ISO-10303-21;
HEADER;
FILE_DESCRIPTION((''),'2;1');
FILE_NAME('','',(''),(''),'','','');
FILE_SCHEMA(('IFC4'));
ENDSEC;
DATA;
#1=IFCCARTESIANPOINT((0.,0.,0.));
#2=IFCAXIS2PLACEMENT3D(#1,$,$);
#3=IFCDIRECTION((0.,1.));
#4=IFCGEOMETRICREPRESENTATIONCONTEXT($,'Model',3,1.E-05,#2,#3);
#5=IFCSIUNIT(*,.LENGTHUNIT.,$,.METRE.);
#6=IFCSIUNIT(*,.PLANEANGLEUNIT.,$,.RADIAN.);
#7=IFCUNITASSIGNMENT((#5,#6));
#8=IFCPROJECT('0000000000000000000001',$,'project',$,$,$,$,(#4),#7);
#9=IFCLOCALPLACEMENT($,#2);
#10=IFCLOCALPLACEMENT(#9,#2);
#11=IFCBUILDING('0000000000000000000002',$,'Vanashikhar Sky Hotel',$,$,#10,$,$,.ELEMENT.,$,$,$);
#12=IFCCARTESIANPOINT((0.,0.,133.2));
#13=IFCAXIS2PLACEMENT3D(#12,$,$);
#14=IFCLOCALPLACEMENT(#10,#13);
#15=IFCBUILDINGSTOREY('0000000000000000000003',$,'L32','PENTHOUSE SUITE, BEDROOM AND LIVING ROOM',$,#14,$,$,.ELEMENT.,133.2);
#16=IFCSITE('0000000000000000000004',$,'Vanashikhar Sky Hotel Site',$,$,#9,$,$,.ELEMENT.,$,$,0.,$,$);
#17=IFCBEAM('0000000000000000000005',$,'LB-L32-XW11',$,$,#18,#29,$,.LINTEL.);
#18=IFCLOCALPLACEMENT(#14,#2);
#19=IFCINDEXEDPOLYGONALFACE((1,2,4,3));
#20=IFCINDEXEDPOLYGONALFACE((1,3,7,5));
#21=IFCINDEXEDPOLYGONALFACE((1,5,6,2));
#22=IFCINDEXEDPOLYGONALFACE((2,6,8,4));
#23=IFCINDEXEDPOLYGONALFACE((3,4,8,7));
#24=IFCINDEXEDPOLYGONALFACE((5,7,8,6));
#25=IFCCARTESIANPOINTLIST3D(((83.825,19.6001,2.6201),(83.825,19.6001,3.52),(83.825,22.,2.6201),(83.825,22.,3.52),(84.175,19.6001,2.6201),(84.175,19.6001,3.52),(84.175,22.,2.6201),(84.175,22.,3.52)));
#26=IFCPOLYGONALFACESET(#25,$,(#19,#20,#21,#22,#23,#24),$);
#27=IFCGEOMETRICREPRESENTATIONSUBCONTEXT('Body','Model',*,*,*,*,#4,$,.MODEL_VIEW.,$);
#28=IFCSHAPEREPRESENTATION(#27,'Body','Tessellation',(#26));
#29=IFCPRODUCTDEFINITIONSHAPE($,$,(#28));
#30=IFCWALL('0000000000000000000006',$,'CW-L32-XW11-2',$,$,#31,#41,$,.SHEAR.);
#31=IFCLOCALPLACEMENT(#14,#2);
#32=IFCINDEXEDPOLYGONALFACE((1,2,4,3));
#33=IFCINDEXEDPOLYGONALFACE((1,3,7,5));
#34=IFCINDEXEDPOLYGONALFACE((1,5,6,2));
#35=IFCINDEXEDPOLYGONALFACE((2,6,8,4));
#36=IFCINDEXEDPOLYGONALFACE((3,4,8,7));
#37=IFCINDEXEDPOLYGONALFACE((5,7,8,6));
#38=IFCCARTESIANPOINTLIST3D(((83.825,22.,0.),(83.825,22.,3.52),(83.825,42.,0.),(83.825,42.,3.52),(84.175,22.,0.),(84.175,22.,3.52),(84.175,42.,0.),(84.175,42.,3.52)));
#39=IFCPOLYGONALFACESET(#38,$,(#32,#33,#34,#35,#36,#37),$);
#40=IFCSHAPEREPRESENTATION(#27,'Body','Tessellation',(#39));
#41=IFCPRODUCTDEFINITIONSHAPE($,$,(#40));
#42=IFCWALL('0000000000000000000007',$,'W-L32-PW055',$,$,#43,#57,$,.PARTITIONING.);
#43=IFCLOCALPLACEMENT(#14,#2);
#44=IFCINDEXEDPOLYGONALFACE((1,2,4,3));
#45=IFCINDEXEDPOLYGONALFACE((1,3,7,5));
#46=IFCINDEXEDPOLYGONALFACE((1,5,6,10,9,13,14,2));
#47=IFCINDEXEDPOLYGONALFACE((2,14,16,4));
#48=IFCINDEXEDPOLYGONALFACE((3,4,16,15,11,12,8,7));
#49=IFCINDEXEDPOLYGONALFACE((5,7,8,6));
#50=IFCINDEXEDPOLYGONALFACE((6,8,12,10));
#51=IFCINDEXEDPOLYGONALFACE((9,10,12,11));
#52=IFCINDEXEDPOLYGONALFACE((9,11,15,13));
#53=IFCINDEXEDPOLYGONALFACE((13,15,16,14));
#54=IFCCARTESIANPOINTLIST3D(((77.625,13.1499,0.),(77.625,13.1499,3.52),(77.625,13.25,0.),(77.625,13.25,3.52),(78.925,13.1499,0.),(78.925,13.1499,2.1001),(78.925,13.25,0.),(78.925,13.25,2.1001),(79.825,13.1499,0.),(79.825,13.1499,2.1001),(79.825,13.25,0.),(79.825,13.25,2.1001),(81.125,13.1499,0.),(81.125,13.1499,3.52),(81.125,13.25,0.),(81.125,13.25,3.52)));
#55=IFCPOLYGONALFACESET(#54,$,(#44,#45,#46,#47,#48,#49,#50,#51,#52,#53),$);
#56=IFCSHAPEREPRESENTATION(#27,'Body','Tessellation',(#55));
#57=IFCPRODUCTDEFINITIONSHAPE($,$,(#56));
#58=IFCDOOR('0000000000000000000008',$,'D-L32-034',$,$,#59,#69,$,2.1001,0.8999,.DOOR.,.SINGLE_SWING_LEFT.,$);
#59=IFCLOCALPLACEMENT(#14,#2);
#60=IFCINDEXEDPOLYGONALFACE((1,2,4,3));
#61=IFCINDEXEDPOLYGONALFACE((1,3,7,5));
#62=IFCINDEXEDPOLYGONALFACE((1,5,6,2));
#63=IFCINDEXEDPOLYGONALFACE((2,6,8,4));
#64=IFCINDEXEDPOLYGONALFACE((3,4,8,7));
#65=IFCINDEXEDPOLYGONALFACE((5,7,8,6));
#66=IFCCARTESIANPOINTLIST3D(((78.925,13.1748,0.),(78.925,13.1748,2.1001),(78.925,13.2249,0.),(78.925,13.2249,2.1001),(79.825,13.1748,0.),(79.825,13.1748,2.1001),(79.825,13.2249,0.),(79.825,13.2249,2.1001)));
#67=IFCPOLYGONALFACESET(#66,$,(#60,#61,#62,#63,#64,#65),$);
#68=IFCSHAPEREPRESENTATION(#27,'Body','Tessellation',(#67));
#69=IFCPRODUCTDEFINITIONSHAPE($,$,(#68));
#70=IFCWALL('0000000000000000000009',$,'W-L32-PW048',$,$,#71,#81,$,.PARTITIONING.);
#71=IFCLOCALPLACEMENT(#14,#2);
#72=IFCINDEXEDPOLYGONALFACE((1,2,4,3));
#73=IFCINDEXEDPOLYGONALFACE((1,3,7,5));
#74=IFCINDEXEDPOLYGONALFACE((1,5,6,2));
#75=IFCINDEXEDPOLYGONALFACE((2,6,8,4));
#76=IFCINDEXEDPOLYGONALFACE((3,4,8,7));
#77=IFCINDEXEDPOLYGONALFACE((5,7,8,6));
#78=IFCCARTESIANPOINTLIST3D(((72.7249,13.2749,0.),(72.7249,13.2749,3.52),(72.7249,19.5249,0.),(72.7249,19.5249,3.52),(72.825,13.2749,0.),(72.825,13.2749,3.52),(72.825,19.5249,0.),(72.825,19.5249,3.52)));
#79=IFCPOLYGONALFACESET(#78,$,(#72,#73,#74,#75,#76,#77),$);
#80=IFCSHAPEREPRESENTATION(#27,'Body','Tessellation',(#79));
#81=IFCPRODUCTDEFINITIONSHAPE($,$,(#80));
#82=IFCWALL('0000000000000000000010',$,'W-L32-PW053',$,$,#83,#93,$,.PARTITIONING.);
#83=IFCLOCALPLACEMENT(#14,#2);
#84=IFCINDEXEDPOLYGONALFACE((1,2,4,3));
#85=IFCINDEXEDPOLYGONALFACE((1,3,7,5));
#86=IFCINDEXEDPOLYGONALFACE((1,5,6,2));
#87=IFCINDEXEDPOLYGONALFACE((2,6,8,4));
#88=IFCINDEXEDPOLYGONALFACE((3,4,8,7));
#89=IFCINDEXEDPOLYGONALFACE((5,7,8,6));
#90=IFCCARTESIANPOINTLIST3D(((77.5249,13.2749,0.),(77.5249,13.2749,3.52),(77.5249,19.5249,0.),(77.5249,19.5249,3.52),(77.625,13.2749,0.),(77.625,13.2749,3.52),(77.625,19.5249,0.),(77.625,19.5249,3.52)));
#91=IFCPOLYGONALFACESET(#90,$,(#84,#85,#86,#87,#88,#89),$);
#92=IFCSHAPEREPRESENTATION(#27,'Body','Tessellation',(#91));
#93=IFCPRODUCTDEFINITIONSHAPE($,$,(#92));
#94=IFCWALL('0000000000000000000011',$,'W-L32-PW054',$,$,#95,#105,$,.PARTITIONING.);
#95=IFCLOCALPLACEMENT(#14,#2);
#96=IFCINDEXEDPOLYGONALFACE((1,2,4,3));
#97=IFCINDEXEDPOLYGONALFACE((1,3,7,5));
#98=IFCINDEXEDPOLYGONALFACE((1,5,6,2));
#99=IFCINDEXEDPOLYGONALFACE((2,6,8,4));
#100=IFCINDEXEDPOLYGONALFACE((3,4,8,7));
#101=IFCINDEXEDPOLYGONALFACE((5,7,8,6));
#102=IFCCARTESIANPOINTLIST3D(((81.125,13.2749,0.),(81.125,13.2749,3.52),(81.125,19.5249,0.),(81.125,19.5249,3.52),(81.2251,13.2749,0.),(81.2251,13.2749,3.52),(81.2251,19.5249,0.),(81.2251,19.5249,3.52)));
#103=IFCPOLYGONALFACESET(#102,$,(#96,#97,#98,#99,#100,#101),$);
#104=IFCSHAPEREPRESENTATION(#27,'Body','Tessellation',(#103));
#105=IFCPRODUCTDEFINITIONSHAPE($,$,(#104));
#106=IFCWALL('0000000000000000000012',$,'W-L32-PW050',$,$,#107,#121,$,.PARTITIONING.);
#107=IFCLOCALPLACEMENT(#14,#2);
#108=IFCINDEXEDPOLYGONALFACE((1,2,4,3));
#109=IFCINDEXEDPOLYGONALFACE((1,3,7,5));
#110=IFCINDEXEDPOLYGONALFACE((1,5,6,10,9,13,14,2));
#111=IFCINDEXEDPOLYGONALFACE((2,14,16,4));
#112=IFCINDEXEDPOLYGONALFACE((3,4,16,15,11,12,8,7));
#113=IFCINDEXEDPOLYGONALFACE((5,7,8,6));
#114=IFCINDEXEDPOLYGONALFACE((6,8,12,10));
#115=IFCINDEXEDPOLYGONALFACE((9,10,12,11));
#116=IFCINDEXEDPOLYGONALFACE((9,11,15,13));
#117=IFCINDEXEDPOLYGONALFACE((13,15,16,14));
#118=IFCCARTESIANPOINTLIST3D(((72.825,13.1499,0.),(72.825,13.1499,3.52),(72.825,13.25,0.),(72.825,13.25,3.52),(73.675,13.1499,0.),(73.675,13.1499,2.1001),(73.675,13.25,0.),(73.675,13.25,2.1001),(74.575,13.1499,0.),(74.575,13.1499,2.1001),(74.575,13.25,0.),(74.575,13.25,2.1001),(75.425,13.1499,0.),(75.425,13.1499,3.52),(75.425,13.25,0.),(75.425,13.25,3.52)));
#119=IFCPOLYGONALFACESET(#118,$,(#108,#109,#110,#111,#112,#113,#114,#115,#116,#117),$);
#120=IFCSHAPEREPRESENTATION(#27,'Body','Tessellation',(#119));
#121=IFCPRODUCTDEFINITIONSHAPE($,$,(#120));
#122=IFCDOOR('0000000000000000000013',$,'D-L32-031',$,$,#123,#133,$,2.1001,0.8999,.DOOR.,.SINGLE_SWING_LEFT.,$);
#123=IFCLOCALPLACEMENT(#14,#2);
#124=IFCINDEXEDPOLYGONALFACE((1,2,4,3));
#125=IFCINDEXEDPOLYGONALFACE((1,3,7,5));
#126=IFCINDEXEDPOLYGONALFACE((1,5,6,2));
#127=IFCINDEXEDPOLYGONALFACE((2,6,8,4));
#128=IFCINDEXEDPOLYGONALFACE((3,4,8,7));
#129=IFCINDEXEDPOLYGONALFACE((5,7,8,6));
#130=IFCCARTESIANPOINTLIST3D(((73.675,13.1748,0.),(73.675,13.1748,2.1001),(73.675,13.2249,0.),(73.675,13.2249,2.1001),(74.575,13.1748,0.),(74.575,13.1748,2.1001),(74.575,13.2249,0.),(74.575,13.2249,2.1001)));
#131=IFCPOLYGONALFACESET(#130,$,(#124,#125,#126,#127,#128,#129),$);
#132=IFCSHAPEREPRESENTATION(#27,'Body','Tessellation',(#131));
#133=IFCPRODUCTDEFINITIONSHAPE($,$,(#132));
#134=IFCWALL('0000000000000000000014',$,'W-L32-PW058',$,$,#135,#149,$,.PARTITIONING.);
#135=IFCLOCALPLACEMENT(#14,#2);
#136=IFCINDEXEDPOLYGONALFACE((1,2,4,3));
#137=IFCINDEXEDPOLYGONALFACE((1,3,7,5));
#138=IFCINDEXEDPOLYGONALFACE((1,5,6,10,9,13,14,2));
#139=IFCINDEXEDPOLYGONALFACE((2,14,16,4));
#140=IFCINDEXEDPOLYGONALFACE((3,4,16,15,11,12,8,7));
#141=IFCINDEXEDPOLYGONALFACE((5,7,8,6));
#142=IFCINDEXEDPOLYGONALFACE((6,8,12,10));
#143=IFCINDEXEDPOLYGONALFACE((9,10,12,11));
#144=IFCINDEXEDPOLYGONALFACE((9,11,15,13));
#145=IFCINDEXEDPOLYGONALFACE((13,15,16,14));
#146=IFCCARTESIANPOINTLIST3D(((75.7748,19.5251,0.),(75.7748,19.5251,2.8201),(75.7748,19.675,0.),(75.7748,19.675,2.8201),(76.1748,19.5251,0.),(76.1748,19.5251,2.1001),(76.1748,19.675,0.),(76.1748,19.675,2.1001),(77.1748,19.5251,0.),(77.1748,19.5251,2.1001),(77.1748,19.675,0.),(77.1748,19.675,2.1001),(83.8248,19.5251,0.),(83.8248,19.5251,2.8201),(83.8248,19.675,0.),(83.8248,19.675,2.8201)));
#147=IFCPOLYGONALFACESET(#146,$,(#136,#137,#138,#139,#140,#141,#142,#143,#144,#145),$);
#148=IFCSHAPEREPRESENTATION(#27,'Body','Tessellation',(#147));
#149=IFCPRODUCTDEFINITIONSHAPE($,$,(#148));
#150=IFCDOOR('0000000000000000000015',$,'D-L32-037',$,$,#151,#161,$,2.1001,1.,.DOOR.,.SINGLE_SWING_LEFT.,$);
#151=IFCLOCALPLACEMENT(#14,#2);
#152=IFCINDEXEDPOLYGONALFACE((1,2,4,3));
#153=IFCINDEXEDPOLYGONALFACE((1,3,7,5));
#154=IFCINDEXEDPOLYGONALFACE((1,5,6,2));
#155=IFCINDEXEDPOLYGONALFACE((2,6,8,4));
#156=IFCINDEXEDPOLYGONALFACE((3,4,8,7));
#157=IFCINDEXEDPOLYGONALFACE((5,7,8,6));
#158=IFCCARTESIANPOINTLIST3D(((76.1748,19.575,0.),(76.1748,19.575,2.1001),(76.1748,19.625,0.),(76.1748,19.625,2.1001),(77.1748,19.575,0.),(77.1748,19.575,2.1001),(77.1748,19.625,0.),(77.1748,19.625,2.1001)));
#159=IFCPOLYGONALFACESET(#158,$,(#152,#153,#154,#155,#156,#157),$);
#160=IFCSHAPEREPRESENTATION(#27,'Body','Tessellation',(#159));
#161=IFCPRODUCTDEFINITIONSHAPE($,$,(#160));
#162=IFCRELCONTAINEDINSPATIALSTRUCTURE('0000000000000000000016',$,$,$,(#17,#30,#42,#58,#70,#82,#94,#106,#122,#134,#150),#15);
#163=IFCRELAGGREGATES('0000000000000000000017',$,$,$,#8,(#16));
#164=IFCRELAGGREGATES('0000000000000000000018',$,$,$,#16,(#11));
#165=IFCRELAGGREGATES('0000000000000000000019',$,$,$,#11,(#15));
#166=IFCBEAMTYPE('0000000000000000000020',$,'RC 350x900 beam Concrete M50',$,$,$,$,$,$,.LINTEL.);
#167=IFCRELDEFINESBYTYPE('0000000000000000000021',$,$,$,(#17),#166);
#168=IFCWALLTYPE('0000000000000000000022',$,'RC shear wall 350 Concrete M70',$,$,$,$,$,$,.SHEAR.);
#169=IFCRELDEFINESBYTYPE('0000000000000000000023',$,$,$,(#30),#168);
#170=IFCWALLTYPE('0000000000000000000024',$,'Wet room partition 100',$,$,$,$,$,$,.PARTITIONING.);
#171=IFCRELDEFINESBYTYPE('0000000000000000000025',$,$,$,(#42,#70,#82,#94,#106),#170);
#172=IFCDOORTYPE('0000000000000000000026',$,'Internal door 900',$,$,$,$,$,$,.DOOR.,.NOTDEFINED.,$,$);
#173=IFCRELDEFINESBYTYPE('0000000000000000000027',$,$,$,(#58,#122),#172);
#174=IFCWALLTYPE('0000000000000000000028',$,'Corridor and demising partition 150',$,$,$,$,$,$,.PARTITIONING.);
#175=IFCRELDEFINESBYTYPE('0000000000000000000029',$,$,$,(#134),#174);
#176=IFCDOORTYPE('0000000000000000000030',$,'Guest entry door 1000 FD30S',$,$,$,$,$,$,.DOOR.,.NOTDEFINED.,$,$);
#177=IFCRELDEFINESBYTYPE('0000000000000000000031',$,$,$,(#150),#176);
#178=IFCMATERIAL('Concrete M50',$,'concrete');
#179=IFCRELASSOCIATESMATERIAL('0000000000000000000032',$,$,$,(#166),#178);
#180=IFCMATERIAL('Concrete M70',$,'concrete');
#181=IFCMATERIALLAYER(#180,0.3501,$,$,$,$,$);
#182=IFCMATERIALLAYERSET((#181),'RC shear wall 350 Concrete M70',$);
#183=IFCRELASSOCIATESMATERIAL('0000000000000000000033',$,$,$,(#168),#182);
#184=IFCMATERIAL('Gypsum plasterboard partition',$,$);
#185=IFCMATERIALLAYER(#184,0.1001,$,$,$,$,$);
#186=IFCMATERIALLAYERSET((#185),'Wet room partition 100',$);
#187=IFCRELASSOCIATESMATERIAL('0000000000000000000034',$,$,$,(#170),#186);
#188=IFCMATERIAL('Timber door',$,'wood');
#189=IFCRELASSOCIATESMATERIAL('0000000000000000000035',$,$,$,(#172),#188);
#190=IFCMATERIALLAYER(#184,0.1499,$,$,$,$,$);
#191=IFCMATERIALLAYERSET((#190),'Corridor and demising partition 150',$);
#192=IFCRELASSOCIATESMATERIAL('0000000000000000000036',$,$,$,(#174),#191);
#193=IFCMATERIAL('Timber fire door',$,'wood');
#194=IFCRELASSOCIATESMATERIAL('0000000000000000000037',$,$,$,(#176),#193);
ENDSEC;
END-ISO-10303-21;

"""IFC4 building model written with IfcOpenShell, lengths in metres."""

from ifc_helpers import new_model, si_unit, direction, frame, frame_2d, origin, origin_2d, place, context, subcontext, project, spatial, rectangle, extrude, source, transform, mapped, material, layer, layer_set, material_profile, profile_set, type_object, element, fill, save


model = new_model("IFC4")

# Units and contexts
model_context = context("Model", 3, precision=1e-05, world=origin(), true_north=direction((0.0, 1.0)))
body_context = subcontext(model_context, "Body", "Model", "MODEL_VIEW")
ifc_project = project(units=[si_unit("LENGTHUNIT", "METRE"), si_unit("PLANEANGLEUNIT", "RADIAN")], contexts=[model_context])

# Site, building, storey
site_placement = place(None, origin())
site = spatial("IfcSite", under=ifc_project, at=site_placement, Name="Vanashikhar Sky Hotel Site", CompositionType="ELEMENT", RefElevation=0.0)
building_placement = place(site_placement, origin())
building = spatial("IfcBuilding", under=site, at=building_placement, Name="Vanashikhar Sky Hotel", CompositionType="ELEMENT")
storey_placement = place(building_placement, frame((0.0, 0.0, 133.2)))
storey = spatial("IfcBuildingStorey", under=building, at=storey_placement, Name="L32", Description="PENTHOUSE SUITE, BEDROOM AND LIVING ROOM", CompositionType="ELEMENT", Elevation=133.2)

# Beam
ifc_material_1 = material(Name="Concrete M50", Category="concrete")
ifc_material_profile = material_profile(ifc_material_1, rectangle(XDim=0.3501, YDim=0.8999, at=origin_2d()))
ifc_profile_set = profile_set([ifc_material_profile], Name="RC 350x900 beam Concrete M50")
beam_type = type_object("IfcBeamType", Name="RC 350x900 beam Concrete M50", PredefinedType="LINTEL", material=ifc_profile_set)
shared_shape_1 = source(origin(), body_context, "Body", "SweptSolid", [
    extrude(rectangle(XDim=0.3501, YDim=0.8999, at=origin_2d()), origin(), (0.0, 0.0, 1.0), 2.3999),
])
beam_placement = place(storey_placement, frame((84.0, 19.6001, 3.0701), z_axis=(0.0, 1.0, 0.0), x_axis=(-1.0, 0.0, 0.0)))
element("IfcBeam", 1, at=beam_placement, inside=storey, type_object=beam_type, Name="LB-L32-XW11", PredefinedType="LINTEL", context=body_context, shape_type="MappedRepresentation", body=[
    mapped(shared_shape_1, transform((0.0, 0.0, 0.0), scale=1.0)),
])

# Wall
ifc_material_2 = material(Name="Concrete M70", Category="concrete")
ifc_layer_1 = layer(ifc_material_2, 0.3501)
ifc_layer_set_1 = layer_set([ifc_layer_1], Name="RC shear wall 350 Concrete M70")
wall_type_1 = type_object("IfcWallType", Name="RC shear wall 350 Concrete M70", PredefinedType="SHEAR", material=ifc_layer_set_1)
shared_shape_2 = source(origin(), body_context, "Body", "SweptSolid", [
    extrude(rectangle(XDim=20.0, YDim=0.3501, at=frame_2d((10.0, 0.0))), origin(), (0.0, 0.0, 1.0), 3.52),
])
wall_1_placement = place(storey_placement, frame((84.0, 22.0, 0.0), z_axis=(0.0, 0.0, 1.0), x_axis=(0.0, 1.0, 0.0)))
element("IfcWall", 2, at=wall_1_placement, inside=storey, type_object=wall_type_1, Name="CW-L32-XW11-2", PredefinedType="SHEAR", context=body_context, shape_type="MappedRepresentation", body=[
    mapped(shared_shape_2, transform((0.0, 0.0, 0.0), scale=1.0)),
])

# Wall, opening, door
ifc_material_3 = material(Name="Gypsum plasterboard partition")
ifc_layer_2 = layer(ifc_material_3, 0.1001)
ifc_layer_set_2 = layer_set([ifc_layer_2], Name="Wet room partition 100")
wall_type_2 = type_object("IfcWallType", Name="Wet room partition 100", PredefinedType="PARTITIONING", material=ifc_layer_set_2)
shared_shape_3 = source(origin(), body_context, "Body", "SweptSolid", [
    extrude(rectangle(XDim=3.5, YDim=0.1001, at=frame_2d((1.75, 0.0))), origin(), (0.0, 0.0, 1.0), 3.52),
])
wall_2_placement = place(storey_placement, frame((77.625, 13.2, 0.0), z_axis=(0.0, 0.0, 1.0), x_axis=(1.0, 0.0, 0.0)))
wall_2 = element("IfcWall", 3, at=wall_2_placement, inside=storey, type_object=wall_type_2, Name="W-L32-PW055", PredefinedType="PARTITIONING", context=body_context, shape_type="MappedRepresentation", body=[
    mapped(shared_shape_3, transform((0.0, 0.0, 0.0), scale=1.0)),
])
shared_shape_4 = source(origin(), body_context, "Body", "SweptSolid", [
    extrude(rectangle(XDim=0.8999, YDim=2.1001, at=frame_2d((0.45, 1.05))), frame((0.0, 0.0601, 0.0), z_axis=(0.0, -1.0, 0.0), x_axis=(1.0, 0.0, 0.0)), (0.0, 0.0, 1.0), 0.1201),
])
opening_1_placement = place(wall_2_placement, frame((1.3, 0.0, 0.0)))
opening_1 = element("IfcOpeningElement", 4, at=opening_1_placement, cuts=wall_2, PredefinedType="OPENING", context=body_context, shape_type="MappedRepresentation", body=[
    mapped(shared_shape_4, transform((0.0, 0.0, 0.0), scale=1.0)),
])
ifc_material_4 = material(Name="Timber door", Category="wood")
door_type_1 = type_object("IfcDoorType", Name="Internal door 900", OperationType="NOTDEFINED", PredefinedType="DOOR", material=ifc_material_4)
shared_shape_5 = source(origin(), body_context, "Body", "SweptSolid", [
    extrude(rectangle(XDim=0.8999, YDim=2.1001, at=frame_2d((0.45, 1.05))), frame((0.0, 0.0249, 0.0), z_axis=(0.0, -1.0, 0.0), x_axis=(1.0, 0.0, 0.0)), (0.0, 0.0, 1.0), 0.05),
])
door_1_placement = place(opening_1_placement, origin())
door_1 = element("IfcDoor", 5, at=door_1_placement, inside=storey, type_object=door_type_1, Name="D-L32-034", OperationType="SINGLE_SWING_LEFT", OverallHeight=2.1001, OverallWidth=0.8999, PredefinedType="DOOR", context=body_context, shape_type="MappedRepresentation", body=[
    mapped(shared_shape_5, transform((0.0, 0.0, 0.0), scale=1.0)),
])
fill(opening_1, door_1)

# Walls
shared_shape_6 = source(origin(), body_context, "Body", "SweptSolid", [
    extrude(rectangle(XDim=6.25, YDim=0.1001, at=frame_2d((3.125, 0.0))), origin(), (0.0, 0.0, 1.0), 3.52),
])
for number, where, z_axis, x_axis, name in (
    (6, (72.7749, 13.2749, 0.0), (0.0, 0.0, 1.0), (0.0, 1.0, 0.0), "W-L32-PW048"),
    (7, (77.575, 13.2749, 0.0), (0.0, 0.0, 1.0), (0.0, 1.0, 0.0), "W-L32-PW053"),
    (8, (81.175, 13.2749, 0.0), (0.0, 0.0, 1.0), (0.0, 1.0, 0.0), "W-L32-PW054"),
):
    element("IfcWall", number, at=place(storey_placement, frame(where, z_axis=z_axis, x_axis=x_axis)), inside=storey, type_object=wall_type_2, Name=name, PredefinedType="PARTITIONING", context=body_context, shape_type="MappedRepresentation", body=[
        mapped(shared_shape_6, transform((0.0, 0.0, 0.0), scale=1.0)),
    ])

# Walls, openings, doors
shared_shape_7 = source(origin(), body_context, "Body", "SweptSolid", [
    extrude(rectangle(XDim=2.6001, YDim=0.1001, at=frame_2d((1.3, 0.0))), origin(), (0.0, 0.0, 1.0), 3.52),
])
wall_3_placement = place(storey_placement, frame((72.825, 13.2, 0.0), z_axis=(0.0, 0.0, 1.0), x_axis=(1.0, 0.0, 0.0)))
wall_3 = element("IfcWall", 9, at=wall_3_placement, inside=storey, type_object=wall_type_2, Name="W-L32-PW050", PredefinedType="PARTITIONING", context=body_context, shape_type="MappedRepresentation", body=[
    mapped(shared_shape_7, transform((0.0, 0.0, 0.0), scale=1.0)),
])
opening_2_placement = place(wall_3_placement, frame((0.8501, 0.0, 0.0)))
opening_2 = element("IfcOpeningElement", 10, at=opening_2_placement, cuts=wall_3, PredefinedType="OPENING", context=body_context, shape_type="MappedRepresentation", body=[
    mapped(shared_shape_4, transform((0.0, 0.0, 0.0), scale=1.0)),
])
door_2_placement = place(opening_2_placement, origin())
door_2 = element("IfcDoor", 11, at=door_2_placement, inside=storey, type_object=door_type_1, Name="D-L32-031", OperationType="SINGLE_SWING_LEFT", OverallHeight=2.1001, OverallWidth=0.8999, PredefinedType="DOOR", context=body_context, shape_type="MappedRepresentation", body=[
    mapped(shared_shape_5, transform((0.0, 0.0, 0.0), scale=1.0)),
])
fill(opening_2, door_2)
ifc_layer_3 = layer(ifc_material_3, 0.1499)
ifc_layer_set_3 = layer_set([ifc_layer_3], Name="Corridor and demising partition 150")
wall_type_3 = type_object("IfcWallType", Name="Corridor and demising partition 150", PredefinedType="PARTITIONING", material=ifc_layer_set_3)
shared_shape_8 = source(origin(), body_context, "Body", "SweptSolid", [
    extrude(rectangle(XDim=8.05, YDim=0.1499, at=frame_2d((4.0249, 0.0))), origin(), (0.0, 0.0, 1.0), 2.8201),
])
wall_4_placement = place(storey_placement, frame((75.7749, 19.6001, 0.0), z_axis=(0.0, 0.0, 1.0), x_axis=(1.0, 0.0, 0.0)))
wall_4 = element("IfcWall", 12, at=wall_4_placement, inside=storey, type_object=wall_type_3, Name="W-L32-PW058", PredefinedType="PARTITIONING", context=body_context, shape_type="MappedRepresentation", body=[
    mapped(shared_shape_8, transform((0.0, 0.0, 0.0), scale=1.0)),
])
shared_shape_9 = source(origin(), body_context, "Body", "SweptSolid", [
    extrude(rectangle(XDim=1.0, YDim=2.1001, at=frame_2d((0.5, 1.05))), frame((0.0, 0.085, 0.0), z_axis=(0.0, -1.0, 0.0), x_axis=(1.0, 0.0, 0.0)), (0.0, 0.0, 1.0), 0.1699),
])
opening_3_placement = place(wall_4_placement, frame((0.3999, 0.0, 0.0)))
opening_3 = element("IfcOpeningElement", 13, at=opening_3_placement, cuts=wall_4, PredefinedType="OPENING", context=body_context, shape_type="MappedRepresentation", body=[
    mapped(shared_shape_9, transform((0.0, 0.0, 0.0), scale=1.0)),
])
ifc_material_5 = material(Name="Timber fire door", Category="wood")
door_type_2 = type_object("IfcDoorType", Name="Guest entry door 1000 FD30S", OperationType="NOTDEFINED", PredefinedType="DOOR", material=ifc_material_5)
shared_shape_10 = source(origin(), body_context, "Body", "SweptSolid", [
    extrude(rectangle(XDim=1.0, YDim=2.1001, at=frame_2d((0.5, 1.05))), frame((0.0, 0.0249, 0.0), z_axis=(0.0, -1.0, 0.0), x_axis=(1.0, 0.0, 0.0)), (0.0, 0.0, 1.0), 0.05),
])
door_3_placement = place(opening_3_placement, origin())
door_3 = element("IfcDoor", 14, at=door_3_placement, inside=storey, type_object=door_type_2, Name="D-L32-037", OperationType="SINGLE_SWING_LEFT", OverallHeight=2.1001, OverallWidth=1.0, PredefinedType="DOOR", context=body_context, shape_type="MappedRepresentation", body=[
    mapped(shared_shape_10, transform((0.0, 0.0, 0.0), scale=1.0)),
])
fill(opening_3, door_3)

save(model, "model.ifc")
